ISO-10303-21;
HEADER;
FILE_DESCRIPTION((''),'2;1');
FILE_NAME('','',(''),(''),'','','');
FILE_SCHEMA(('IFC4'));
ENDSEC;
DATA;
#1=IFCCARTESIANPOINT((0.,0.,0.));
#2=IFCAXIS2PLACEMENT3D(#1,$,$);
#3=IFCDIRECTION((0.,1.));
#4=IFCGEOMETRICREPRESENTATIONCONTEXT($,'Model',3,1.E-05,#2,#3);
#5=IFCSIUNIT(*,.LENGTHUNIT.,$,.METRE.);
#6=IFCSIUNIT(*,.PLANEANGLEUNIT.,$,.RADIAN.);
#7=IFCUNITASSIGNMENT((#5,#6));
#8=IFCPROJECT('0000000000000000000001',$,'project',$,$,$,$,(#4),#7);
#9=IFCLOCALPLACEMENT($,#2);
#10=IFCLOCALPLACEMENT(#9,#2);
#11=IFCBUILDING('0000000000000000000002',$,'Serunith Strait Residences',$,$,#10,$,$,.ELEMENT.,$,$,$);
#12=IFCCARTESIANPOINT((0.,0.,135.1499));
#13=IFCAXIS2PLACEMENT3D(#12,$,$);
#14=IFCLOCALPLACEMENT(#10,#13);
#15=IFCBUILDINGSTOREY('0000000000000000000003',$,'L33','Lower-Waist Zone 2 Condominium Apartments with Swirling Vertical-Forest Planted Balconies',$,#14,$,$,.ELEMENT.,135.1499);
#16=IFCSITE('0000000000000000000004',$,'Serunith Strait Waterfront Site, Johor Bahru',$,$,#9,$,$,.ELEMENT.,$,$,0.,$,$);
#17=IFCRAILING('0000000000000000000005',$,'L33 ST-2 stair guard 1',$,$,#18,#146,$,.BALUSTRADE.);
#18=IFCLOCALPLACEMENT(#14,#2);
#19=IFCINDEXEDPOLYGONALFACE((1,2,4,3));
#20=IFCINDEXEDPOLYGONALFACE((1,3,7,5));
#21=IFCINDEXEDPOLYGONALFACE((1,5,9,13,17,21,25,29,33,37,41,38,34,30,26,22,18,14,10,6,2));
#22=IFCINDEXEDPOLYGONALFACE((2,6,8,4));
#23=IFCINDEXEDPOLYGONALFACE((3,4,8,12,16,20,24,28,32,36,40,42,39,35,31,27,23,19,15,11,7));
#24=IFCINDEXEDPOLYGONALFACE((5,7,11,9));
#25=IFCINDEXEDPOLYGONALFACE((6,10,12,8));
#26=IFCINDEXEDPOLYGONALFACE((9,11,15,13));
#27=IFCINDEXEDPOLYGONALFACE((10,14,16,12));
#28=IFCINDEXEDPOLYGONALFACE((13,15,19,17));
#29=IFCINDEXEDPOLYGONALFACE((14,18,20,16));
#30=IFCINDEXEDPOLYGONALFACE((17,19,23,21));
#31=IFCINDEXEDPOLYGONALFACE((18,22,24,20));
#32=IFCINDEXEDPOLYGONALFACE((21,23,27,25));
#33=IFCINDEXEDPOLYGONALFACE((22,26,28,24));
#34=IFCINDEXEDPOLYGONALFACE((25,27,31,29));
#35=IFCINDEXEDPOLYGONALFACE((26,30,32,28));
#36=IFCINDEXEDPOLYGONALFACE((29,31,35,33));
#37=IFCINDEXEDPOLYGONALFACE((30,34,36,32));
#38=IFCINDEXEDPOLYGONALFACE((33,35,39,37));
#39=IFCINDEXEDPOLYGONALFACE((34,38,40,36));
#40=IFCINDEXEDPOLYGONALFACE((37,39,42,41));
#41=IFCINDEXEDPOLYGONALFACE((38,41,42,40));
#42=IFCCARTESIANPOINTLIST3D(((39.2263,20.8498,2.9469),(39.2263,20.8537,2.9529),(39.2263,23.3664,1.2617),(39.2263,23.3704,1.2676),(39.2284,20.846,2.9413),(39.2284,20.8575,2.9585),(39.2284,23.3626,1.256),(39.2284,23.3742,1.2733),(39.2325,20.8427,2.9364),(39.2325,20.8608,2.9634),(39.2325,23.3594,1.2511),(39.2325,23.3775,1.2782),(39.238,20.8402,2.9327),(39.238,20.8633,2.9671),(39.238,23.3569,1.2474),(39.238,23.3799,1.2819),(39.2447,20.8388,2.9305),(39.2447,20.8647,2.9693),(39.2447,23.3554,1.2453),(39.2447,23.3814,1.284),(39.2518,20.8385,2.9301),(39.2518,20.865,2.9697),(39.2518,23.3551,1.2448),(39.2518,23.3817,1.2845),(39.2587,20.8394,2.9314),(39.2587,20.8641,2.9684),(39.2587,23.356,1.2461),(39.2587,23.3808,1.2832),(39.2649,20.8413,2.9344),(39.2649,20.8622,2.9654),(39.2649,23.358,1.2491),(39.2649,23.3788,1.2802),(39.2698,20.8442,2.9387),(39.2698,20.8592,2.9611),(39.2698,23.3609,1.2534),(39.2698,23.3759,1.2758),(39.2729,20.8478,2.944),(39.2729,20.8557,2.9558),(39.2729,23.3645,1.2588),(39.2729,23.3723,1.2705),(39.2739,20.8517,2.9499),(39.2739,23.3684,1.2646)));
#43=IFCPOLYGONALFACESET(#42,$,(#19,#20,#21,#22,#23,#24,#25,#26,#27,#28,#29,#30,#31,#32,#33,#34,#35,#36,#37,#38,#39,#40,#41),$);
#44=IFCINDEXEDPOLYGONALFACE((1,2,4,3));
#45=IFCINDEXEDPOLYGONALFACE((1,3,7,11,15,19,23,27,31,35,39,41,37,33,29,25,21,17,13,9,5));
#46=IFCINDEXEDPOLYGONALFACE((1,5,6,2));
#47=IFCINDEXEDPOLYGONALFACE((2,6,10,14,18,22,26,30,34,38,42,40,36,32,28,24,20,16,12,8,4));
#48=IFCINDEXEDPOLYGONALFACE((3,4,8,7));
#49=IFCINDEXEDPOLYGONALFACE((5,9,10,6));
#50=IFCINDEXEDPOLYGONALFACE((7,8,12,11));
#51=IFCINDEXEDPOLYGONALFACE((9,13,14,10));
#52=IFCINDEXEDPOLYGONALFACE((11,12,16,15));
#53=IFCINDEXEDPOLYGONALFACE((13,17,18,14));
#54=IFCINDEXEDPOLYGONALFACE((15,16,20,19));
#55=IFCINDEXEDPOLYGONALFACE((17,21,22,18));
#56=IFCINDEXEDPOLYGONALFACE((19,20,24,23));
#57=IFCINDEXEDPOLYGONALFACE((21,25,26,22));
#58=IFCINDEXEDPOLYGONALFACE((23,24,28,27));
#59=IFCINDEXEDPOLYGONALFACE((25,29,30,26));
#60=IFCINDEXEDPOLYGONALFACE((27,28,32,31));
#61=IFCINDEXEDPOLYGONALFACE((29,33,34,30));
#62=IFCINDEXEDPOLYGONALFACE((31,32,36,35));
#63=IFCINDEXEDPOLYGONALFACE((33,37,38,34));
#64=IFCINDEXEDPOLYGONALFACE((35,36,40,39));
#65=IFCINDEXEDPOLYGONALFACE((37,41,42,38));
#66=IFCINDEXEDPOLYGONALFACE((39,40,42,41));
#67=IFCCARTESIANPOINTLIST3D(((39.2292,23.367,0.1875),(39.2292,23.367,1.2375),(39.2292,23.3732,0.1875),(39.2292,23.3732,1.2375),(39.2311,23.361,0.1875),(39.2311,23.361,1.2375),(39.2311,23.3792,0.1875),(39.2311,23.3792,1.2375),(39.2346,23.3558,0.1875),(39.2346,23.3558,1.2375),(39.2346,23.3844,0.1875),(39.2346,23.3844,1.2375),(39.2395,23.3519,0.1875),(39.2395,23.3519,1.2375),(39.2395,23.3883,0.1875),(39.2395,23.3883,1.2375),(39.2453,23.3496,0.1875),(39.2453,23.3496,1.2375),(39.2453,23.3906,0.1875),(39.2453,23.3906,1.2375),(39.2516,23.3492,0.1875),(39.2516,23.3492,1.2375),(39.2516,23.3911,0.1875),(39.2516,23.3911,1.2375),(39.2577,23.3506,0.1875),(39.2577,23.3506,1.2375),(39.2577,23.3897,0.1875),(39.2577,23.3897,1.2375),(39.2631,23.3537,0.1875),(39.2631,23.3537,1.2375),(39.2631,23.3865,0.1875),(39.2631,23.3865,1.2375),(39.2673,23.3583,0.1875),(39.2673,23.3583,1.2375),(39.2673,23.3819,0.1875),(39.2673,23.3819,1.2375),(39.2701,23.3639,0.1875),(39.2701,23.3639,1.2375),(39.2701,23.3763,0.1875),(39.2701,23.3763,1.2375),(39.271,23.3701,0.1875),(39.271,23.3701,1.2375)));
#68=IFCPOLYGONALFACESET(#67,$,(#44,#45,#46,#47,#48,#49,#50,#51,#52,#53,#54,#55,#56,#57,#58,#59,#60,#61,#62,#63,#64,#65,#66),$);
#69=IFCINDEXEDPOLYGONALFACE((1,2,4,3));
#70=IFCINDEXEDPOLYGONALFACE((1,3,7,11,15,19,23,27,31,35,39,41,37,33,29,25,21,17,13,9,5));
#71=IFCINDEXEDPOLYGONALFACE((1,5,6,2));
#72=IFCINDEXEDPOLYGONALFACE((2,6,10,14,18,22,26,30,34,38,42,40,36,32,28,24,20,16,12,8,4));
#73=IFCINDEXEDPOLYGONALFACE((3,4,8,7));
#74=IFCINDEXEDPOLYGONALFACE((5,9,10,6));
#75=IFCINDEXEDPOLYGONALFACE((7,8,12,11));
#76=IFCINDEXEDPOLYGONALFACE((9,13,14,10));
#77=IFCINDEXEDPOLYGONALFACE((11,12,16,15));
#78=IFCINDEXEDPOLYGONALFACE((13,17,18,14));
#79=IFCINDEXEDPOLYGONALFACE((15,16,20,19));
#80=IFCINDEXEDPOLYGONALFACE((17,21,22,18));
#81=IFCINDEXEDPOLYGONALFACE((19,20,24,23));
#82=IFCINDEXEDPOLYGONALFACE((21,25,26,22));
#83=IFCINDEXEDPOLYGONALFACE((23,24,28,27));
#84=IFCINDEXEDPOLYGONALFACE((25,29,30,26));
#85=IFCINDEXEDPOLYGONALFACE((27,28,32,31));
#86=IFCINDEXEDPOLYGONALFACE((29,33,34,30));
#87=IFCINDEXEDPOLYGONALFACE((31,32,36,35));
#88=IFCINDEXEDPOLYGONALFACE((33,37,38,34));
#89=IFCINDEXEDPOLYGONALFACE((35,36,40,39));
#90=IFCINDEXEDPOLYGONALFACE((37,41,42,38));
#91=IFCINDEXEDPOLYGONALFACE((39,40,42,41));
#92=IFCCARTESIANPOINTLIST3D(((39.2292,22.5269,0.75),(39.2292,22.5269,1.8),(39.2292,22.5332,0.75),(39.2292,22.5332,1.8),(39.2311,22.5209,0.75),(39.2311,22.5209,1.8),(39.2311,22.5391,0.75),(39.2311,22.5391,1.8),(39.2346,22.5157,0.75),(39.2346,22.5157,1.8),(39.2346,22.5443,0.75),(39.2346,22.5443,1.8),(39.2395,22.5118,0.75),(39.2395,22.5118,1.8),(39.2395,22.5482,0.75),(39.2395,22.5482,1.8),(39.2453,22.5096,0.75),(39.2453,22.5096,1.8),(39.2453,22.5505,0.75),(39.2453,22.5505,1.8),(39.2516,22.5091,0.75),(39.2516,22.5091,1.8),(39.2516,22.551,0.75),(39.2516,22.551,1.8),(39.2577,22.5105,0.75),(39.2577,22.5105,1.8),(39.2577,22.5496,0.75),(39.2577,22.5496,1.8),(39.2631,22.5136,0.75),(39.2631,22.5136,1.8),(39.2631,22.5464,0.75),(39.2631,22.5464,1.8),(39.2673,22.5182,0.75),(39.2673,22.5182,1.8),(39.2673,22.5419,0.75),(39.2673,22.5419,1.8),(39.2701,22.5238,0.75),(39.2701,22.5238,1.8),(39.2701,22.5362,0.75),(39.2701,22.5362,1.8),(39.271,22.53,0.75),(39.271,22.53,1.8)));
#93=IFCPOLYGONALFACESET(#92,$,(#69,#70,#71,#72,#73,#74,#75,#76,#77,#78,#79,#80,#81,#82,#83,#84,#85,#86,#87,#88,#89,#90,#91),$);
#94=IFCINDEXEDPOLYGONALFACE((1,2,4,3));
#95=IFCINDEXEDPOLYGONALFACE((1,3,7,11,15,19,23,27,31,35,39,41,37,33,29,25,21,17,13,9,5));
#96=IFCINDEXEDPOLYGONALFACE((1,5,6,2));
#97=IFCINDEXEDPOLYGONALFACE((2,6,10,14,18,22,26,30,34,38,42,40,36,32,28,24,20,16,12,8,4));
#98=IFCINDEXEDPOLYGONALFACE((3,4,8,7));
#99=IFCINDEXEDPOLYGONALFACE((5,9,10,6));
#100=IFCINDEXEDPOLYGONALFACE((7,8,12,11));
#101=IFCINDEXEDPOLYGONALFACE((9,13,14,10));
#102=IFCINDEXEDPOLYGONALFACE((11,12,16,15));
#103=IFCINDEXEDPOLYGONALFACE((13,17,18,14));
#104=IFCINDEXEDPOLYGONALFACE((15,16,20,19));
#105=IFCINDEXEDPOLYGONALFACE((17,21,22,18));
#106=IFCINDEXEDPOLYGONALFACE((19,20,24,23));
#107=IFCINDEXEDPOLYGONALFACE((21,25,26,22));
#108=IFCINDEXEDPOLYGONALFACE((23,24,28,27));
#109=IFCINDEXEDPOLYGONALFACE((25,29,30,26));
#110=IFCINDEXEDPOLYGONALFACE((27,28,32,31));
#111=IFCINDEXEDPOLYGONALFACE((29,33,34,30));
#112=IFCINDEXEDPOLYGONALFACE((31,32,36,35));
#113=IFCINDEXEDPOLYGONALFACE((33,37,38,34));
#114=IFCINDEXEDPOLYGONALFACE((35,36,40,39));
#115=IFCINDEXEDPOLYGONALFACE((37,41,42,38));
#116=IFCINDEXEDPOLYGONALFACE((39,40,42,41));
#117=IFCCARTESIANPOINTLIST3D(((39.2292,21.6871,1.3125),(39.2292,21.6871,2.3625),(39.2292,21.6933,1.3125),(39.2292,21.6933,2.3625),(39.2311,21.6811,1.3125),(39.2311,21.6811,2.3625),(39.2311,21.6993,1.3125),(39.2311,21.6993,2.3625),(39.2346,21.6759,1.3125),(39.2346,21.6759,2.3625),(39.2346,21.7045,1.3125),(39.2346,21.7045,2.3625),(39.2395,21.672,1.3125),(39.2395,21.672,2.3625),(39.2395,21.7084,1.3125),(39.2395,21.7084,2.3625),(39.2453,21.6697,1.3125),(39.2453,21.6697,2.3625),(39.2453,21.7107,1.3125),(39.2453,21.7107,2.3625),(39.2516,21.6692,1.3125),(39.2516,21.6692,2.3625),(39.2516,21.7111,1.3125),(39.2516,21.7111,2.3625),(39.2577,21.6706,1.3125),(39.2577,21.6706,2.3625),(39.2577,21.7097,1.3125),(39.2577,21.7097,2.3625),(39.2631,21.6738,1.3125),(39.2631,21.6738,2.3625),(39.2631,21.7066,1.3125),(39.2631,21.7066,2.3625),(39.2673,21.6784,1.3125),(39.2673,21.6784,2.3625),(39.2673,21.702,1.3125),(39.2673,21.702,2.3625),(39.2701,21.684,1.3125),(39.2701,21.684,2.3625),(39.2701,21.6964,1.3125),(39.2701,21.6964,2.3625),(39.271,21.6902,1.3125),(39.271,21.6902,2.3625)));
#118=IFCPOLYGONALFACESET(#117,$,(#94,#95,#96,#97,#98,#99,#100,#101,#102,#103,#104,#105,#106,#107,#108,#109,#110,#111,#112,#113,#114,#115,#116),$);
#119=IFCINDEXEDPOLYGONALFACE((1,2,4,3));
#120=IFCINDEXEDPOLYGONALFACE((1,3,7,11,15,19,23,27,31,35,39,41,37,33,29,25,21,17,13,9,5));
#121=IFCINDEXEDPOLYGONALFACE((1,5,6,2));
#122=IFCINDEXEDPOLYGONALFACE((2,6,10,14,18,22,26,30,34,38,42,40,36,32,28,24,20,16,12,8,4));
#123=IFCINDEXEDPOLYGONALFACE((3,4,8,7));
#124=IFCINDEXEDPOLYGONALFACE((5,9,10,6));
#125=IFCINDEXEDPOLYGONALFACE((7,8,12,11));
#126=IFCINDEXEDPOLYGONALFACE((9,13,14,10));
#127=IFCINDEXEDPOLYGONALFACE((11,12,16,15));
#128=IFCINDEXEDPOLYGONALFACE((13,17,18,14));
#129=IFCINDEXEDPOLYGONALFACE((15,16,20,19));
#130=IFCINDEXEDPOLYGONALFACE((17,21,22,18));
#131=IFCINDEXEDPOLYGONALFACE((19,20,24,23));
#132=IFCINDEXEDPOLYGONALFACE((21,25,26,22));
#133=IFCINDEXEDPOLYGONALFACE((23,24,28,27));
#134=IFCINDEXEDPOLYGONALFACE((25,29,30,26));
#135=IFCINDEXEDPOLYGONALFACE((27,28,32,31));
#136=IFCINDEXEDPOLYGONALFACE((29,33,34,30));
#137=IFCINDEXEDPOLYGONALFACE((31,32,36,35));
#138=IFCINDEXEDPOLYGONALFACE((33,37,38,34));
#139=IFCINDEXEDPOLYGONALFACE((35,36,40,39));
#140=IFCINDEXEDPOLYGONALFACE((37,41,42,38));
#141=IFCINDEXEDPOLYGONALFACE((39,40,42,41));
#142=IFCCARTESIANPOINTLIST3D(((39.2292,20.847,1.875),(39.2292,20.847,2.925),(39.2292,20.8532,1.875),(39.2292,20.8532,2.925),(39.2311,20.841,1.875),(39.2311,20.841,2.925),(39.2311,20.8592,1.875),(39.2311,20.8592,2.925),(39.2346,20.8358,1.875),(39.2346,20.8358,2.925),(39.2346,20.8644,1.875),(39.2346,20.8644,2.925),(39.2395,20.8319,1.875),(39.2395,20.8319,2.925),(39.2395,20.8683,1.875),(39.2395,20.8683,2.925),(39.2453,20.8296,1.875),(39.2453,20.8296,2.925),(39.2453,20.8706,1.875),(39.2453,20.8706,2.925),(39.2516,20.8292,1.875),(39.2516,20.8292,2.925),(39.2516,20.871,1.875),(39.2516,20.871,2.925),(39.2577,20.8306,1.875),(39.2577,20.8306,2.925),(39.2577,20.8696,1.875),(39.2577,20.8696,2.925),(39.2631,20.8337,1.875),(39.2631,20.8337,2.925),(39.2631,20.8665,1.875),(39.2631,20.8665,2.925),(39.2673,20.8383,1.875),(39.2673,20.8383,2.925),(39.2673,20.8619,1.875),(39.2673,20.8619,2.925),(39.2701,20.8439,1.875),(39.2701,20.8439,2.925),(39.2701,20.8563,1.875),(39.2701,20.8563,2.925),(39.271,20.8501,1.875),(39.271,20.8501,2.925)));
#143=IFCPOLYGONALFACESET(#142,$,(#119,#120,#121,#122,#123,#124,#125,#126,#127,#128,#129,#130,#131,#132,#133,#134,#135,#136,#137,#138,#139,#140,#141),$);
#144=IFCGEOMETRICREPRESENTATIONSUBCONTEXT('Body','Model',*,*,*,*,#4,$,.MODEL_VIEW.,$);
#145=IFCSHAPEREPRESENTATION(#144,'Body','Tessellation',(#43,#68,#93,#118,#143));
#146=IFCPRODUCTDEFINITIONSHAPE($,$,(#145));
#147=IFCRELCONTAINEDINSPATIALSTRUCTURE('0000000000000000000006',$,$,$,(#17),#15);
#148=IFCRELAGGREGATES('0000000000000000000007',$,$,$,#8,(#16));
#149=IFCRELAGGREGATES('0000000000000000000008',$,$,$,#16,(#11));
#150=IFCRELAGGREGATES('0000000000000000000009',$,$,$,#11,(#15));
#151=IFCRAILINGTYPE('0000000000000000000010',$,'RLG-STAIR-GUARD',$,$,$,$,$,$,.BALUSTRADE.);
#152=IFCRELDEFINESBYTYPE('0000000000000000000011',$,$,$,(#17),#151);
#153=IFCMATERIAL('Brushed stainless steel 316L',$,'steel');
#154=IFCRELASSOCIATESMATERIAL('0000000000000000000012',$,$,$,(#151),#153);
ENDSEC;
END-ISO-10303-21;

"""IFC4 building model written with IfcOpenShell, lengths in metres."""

from ifc_helpers import new_model, si_unit, direction, frame, origin, origin_2d, place, context, subcontext, project, spatial, circle, extrude, material, type_object, element, save


model = new_model("IFC4")

# Units and contexts
model_context = context("Model", 3, precision=1e-05, world=origin(), true_north=direction((0.0, 1.0)))
body_context = subcontext(model_context, "Body", "Model", "MODEL_VIEW")
ifc_project = project(units=[si_unit("LENGTHUNIT", "METRE"), si_unit("PLANEANGLEUNIT", "RADIAN")], contexts=[model_context])

# Site, building, storey
site_placement = place(None, origin())
site = spatial("IfcSite", under=ifc_project, at=site_placement, Name="Serunith Strait Waterfront Site, Johor Bahru", CompositionType="ELEMENT", RefElevation=0.0)
building_placement = place(site_placement, origin())
building = spatial("IfcBuilding", under=site, at=building_placement, Name="Serunith Strait Residences", CompositionType="ELEMENT")
storey_placement = place(building_placement, frame((0.0, 0.0, 135.1499)))
storey = spatial("IfcBuildingStorey", under=building, at=storey_placement, Name="L33", Description="Lower-Waist Zone 2 Condominium Apartments with Swirling Vertical-Forest Planted Balconies", CompositionType="ELEMENT", Elevation=135.1499)

# Railing
ifc_material_1 = material(Name="Brushed stainless steel 316L", Category="steel")
railing_type_1 = type_object("IfcRailingType", Name="RLG-STAIR-GUARD", PredefinedType="BALUSTRADE", material=ifc_material_1)
railing_1_placement = place(storey_placement, frame((39.25, 23.3701, 0.1875)))
element("IfcRailing", 1, at=railing_1_placement, inside=storey, type_object=railing_type_1, Name="L33 ST-2 stair guard 1", PredefinedType="BALUSTRADE", context=body_context, shape_type="SweptSolid", body=[
    extrude(circle(Radius=0.0239, at=origin_2d()), frame((0.0, -0.0017, 1.0771), z_axis=(0.0, -0.830909, 0.556408), x_axis=(1.0, 0.0, 0.0)), (0.0, 0.0, 1.0), 3.0288),
    extrude(circle(Radius=0.021, at=origin_2d()), origin(), (0.0, 0.0, 1.0), 1.05),
    extrude(circle(Radius=0.021, at=origin_2d()), frame((0.0, -0.8401, 0.5625)), (0.0, 0.0, 1.0), 1.05),
    extrude(circle(Radius=0.021, at=origin_2d()), frame((0.0, -1.6799, 1.125)), (0.0, 0.0, 1.0), 1.05),
    extrude(circle(Radius=0.021, at=origin_2d()), frame((0.0, -2.52, 1.6875)), (0.0, 0.0, 1.0), 1.05),
])

save(model, "model.ifc")
